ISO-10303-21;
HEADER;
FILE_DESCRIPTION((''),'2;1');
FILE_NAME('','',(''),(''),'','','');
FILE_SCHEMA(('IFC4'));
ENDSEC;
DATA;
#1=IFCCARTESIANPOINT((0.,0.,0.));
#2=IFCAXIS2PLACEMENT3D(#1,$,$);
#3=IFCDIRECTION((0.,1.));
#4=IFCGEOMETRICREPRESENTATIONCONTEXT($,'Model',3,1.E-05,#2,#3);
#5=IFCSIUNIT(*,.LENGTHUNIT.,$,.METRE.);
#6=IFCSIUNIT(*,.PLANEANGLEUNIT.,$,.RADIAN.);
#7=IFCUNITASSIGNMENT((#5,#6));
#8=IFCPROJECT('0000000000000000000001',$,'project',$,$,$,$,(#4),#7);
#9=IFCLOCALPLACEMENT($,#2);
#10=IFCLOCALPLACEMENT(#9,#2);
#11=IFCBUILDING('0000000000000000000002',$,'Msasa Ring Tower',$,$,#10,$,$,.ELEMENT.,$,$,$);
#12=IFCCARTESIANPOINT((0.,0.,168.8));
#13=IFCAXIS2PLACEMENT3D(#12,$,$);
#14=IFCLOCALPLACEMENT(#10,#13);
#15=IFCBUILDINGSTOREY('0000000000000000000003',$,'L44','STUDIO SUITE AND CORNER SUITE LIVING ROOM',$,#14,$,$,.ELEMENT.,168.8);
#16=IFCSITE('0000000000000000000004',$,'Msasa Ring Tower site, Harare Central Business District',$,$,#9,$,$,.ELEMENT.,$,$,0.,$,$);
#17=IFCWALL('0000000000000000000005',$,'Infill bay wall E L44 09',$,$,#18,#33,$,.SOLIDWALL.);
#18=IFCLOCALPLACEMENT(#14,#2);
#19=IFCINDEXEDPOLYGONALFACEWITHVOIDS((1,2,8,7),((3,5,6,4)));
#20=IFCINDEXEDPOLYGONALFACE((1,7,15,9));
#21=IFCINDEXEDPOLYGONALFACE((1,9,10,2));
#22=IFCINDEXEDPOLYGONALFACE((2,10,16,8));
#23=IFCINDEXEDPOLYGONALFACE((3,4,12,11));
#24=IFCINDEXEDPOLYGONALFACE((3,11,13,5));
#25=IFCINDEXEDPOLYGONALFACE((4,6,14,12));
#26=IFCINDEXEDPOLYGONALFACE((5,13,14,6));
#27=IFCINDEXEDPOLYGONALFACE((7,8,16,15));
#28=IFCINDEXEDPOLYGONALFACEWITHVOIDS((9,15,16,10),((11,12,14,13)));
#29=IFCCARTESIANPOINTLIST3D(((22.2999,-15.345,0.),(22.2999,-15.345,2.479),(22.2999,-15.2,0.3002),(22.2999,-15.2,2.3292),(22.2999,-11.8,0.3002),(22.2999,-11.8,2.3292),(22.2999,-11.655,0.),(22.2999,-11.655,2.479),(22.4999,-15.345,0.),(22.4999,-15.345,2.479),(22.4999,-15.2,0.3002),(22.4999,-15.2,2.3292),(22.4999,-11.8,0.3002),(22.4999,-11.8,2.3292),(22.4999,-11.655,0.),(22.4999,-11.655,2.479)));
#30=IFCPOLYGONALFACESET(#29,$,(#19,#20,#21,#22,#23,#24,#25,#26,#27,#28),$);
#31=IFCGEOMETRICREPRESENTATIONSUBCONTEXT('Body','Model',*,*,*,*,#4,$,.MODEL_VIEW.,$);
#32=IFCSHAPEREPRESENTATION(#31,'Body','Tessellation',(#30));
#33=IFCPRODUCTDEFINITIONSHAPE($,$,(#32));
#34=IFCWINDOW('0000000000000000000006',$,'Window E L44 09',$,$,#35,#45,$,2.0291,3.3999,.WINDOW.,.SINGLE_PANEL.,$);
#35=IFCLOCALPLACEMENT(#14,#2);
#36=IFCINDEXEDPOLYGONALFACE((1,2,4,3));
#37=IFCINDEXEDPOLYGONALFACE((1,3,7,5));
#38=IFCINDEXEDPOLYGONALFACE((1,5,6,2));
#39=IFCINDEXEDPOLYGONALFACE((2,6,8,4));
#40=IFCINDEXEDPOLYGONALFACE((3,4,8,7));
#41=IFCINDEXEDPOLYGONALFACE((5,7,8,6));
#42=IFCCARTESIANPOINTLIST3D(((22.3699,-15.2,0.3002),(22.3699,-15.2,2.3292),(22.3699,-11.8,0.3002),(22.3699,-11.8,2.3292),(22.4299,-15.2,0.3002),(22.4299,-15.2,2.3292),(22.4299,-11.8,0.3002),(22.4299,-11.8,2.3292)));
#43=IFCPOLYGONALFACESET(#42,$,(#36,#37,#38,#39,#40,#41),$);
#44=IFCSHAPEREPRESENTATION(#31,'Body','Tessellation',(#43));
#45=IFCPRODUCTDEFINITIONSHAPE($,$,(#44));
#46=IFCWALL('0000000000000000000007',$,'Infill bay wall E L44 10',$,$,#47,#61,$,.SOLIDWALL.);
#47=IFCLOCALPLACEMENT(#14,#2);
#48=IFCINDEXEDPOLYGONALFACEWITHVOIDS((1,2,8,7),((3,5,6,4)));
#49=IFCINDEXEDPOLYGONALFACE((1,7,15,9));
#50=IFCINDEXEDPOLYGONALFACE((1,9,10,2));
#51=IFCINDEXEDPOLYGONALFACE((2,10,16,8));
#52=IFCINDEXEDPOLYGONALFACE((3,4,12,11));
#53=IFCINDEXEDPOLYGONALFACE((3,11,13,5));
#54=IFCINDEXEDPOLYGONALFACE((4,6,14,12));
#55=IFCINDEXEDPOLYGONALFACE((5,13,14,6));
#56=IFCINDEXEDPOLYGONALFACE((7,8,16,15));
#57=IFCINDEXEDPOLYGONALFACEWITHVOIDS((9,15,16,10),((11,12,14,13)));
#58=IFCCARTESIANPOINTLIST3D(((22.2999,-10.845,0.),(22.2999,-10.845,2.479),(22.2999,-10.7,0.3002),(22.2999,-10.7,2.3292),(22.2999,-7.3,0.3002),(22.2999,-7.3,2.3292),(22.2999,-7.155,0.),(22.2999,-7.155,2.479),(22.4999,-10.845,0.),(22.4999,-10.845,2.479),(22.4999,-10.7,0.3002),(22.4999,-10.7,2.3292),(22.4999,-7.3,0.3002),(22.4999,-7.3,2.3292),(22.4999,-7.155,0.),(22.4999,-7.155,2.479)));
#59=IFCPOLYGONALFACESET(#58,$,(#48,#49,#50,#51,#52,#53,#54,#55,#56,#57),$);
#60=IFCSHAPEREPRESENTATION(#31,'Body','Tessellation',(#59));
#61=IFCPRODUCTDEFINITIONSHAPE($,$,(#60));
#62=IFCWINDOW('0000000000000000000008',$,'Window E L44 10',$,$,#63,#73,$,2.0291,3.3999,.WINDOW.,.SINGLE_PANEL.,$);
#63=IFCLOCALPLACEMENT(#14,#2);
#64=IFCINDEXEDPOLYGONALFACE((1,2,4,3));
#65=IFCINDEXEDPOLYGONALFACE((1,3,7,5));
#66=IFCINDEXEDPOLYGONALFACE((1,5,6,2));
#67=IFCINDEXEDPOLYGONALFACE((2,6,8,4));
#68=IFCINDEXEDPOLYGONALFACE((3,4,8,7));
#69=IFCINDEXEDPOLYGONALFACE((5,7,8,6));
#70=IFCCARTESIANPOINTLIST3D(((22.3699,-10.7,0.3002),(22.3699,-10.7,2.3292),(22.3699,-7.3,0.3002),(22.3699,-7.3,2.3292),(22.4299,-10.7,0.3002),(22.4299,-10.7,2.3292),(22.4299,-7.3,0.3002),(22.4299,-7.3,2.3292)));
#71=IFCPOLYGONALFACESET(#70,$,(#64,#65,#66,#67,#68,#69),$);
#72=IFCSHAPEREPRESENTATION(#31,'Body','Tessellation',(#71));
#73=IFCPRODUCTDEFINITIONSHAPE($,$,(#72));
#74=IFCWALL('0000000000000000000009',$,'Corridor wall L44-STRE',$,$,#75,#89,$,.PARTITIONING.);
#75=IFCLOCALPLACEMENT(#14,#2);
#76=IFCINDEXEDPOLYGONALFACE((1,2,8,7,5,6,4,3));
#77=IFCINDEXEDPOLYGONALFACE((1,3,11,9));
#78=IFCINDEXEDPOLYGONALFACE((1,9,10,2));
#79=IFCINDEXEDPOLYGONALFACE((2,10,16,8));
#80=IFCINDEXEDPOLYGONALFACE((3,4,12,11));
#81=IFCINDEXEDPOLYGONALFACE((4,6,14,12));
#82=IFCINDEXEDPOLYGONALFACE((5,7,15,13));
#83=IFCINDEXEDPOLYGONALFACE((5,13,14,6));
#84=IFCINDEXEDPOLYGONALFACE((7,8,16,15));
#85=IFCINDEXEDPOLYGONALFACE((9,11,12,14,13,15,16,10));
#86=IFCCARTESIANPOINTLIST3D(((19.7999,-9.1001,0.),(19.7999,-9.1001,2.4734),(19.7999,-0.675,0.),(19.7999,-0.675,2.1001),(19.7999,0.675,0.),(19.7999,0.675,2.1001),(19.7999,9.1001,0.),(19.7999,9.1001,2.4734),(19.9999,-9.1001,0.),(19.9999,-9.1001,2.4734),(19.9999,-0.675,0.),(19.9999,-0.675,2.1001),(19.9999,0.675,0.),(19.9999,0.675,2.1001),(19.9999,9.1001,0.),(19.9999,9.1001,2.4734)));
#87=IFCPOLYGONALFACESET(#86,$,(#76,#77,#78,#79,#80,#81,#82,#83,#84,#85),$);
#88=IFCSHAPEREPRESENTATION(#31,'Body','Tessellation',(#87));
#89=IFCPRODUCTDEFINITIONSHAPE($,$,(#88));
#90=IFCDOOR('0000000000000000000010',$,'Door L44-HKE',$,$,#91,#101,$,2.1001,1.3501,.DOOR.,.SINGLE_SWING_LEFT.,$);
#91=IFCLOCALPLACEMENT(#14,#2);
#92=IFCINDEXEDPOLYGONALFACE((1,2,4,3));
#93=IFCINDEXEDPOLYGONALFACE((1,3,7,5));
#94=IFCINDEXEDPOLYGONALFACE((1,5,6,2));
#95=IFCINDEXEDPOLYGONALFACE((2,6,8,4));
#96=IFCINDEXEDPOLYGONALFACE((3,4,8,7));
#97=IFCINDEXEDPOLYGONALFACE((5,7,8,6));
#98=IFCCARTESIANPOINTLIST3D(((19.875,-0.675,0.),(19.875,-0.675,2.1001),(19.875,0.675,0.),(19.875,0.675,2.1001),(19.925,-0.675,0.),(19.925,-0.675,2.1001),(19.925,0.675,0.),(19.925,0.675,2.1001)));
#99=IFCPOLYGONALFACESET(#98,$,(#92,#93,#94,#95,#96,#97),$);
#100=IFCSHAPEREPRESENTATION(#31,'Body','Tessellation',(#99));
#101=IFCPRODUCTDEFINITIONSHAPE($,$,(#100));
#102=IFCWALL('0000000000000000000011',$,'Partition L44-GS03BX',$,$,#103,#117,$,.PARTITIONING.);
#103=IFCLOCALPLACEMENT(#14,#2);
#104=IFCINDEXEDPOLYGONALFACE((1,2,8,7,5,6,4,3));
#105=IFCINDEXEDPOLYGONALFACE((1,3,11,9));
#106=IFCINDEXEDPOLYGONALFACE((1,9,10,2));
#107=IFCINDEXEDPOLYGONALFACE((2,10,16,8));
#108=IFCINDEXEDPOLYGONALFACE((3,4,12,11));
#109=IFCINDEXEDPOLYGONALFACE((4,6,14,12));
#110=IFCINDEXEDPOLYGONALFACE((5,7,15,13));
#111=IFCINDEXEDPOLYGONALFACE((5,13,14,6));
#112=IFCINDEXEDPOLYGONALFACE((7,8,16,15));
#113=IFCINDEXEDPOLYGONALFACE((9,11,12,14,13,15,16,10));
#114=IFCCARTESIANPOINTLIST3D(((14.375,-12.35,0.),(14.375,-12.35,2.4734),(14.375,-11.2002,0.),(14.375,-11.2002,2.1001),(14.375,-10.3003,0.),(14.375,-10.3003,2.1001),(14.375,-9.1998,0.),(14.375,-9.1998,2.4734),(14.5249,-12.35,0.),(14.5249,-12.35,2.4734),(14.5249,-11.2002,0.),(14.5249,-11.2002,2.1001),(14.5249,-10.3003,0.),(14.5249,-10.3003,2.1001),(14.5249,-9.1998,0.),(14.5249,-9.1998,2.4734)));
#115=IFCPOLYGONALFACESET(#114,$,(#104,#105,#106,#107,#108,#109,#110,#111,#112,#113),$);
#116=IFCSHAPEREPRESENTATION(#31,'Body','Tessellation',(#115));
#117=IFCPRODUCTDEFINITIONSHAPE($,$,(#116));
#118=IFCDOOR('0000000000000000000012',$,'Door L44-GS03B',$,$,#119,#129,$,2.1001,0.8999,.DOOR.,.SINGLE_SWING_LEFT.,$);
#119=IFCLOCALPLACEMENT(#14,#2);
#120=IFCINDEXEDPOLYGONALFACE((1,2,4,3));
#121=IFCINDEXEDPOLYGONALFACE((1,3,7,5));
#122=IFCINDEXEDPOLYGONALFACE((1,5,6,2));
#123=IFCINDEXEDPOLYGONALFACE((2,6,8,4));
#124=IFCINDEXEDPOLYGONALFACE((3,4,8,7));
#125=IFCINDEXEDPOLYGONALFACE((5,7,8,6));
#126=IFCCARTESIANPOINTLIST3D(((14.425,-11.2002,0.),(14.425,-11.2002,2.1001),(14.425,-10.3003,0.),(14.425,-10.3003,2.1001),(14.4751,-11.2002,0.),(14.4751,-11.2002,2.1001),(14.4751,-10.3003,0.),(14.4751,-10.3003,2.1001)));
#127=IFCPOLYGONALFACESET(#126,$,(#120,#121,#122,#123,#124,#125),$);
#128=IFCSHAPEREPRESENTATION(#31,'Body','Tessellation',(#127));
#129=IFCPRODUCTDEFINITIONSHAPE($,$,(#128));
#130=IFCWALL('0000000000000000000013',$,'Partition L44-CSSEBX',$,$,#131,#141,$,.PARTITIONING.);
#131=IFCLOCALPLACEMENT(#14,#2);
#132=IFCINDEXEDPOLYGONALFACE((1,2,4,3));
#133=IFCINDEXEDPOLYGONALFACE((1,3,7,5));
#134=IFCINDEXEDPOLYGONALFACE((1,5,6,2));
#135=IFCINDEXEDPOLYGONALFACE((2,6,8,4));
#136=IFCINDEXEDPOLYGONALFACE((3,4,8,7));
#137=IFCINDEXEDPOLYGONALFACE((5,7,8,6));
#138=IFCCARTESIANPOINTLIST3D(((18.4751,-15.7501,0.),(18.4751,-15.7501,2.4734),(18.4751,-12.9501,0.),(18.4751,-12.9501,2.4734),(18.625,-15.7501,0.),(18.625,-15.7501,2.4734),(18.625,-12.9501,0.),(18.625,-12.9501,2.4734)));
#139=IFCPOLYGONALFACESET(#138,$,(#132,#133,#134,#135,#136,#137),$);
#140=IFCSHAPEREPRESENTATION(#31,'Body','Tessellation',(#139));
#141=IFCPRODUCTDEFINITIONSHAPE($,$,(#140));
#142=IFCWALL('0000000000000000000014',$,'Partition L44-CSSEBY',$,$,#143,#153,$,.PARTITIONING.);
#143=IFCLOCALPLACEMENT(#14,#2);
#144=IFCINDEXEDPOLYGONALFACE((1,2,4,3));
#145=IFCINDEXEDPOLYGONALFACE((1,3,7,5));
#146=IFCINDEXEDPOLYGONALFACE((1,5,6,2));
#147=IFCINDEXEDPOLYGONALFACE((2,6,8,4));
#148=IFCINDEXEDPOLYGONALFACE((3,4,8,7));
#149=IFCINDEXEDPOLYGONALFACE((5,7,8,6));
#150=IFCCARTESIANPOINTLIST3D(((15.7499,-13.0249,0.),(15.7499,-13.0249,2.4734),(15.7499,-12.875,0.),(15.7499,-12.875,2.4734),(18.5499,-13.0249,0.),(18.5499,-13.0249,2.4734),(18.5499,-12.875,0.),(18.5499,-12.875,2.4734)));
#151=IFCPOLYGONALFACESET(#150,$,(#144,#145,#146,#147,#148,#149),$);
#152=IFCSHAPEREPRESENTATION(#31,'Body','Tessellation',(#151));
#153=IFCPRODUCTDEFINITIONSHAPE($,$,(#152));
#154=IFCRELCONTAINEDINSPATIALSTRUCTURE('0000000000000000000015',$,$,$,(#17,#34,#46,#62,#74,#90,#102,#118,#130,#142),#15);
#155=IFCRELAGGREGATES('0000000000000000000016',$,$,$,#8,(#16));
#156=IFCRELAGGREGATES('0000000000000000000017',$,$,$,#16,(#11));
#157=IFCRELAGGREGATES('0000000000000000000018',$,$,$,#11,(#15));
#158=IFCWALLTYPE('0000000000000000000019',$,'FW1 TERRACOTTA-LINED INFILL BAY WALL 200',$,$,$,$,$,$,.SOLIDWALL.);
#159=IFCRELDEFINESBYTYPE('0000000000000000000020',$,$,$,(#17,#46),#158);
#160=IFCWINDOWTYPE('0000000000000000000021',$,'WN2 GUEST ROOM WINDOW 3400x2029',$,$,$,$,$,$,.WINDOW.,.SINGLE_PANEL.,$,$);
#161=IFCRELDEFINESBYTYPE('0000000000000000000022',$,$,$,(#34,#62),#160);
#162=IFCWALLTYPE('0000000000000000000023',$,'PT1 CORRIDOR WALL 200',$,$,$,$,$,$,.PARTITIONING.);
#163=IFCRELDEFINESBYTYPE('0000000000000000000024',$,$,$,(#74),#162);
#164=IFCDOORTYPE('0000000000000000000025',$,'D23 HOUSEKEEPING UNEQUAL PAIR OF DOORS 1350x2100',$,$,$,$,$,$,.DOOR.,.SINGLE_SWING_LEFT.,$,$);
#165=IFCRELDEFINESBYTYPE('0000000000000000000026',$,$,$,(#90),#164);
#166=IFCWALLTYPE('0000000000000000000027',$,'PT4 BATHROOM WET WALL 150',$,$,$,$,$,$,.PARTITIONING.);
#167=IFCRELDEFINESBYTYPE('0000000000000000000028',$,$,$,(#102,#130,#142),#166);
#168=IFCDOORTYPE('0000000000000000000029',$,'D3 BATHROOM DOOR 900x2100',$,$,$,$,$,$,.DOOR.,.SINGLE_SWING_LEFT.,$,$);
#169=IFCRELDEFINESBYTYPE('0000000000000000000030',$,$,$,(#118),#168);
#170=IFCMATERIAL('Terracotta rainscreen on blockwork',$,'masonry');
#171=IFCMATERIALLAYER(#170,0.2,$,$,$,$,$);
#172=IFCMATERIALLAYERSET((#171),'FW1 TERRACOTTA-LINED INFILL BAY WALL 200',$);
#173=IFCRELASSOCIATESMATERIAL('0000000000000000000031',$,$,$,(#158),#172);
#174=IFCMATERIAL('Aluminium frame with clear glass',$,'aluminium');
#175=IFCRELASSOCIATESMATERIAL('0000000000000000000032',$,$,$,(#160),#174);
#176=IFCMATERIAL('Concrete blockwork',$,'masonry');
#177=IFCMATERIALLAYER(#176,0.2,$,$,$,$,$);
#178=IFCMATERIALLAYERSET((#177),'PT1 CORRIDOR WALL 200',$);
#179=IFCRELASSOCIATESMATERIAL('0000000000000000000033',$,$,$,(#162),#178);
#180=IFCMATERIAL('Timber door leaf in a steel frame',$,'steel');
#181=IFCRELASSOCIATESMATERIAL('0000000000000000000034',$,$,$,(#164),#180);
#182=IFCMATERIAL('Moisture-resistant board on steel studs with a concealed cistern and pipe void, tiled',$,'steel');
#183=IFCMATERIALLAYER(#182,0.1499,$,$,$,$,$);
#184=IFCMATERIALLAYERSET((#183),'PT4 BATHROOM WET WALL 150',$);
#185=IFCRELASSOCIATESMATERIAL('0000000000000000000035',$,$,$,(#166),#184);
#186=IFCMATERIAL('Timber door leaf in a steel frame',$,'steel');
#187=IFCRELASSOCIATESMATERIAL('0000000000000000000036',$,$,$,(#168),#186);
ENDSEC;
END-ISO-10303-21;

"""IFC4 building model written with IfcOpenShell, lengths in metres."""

from ifc_helpers import new_model, si_unit, direction, frame, frame_2d, origin, place, context, subcontext, project, spatial, rectangle, extrude, material, layer, layer_set, type_object, element, fill, save


model = new_model("IFC4")

# Units and contexts
model_context = context("Model", 3, precision=1e-05, world=origin(), true_north=direction((0.0, 1.0)))
body_context = subcontext(model_context, "Body", "Model", "MODEL_VIEW")
ifc_project = project(units=[si_unit("LENGTHUNIT", "METRE"), si_unit("PLANEANGLEUNIT", "RADIAN")], contexts=[model_context])

# Site, building, storey
site_placement = place(None, origin())
site = spatial("IfcSite", under=ifc_project, at=site_placement, Name="Msasa Ring Tower site, Harare Central Business District", CompositionType="ELEMENT", RefElevation=0.0)
building_placement = place(site_placement, origin())
building = spatial("IfcBuilding", under=site, at=building_placement, Name="Msasa Ring Tower", CompositionType="ELEMENT")
storey_placement = place(building_placement, frame((0.0, 0.0, 168.8)))
storey = spatial("IfcBuildingStorey", under=building, at=storey_placement, Name="L44", Description="STUDIO SUITE AND CORNER SUITE LIVING ROOM", CompositionType="ELEMENT", Elevation=168.8)

# Walls, openings, windows
ifc_material_1 = material(Name="Terracotta rainscreen on blockwork", Category="masonry")
ifc_layer_1 = layer(ifc_material_1, 0.2)
ifc_layer_set_1 = layer_set([ifc_layer_1], Name="FW1 TERRACOTTA-LINED INFILL BAY WALL 200")
wall_type_1 = type_object("IfcWallType", Name="FW1 TERRACOTTA-LINED INFILL BAY WALL 200", PredefinedType="SOLIDWALL", material=ifc_layer_set_1)
wall_1_placement = place(storey_placement, frame((22.3999, -15.345, 0.0), z_axis=(0.0, 0.0, 1.0), x_axis=(0.0, 1.0, 0.0)))
wall_1 = element("IfcWall", 1, at=wall_1_placement, inside=storey, type_object=wall_type_1, Name="Infill bay wall E L44 09", PredefinedType="SOLIDWALL", context=body_context, shape_type="SweptSolid", body=[
    extrude(rectangle(XDim=3.6899, YDim=0.2, at=frame_2d((1.845, 0.0))), origin(), (0.0, 0.0, 1.0), 2.479),
])
opening_1_placement = place(wall_1_placement, frame((0.145, 0.0, 0.3)))
opening_1 = element("IfcOpeningElement", 2, at=opening_1_placement, cuts=wall_1, PredefinedType="OPENING", context=body_context, shape_type="SweptSolid", body=[
    extrude(rectangle(XDim=3.3999, YDim=2.0291, at=frame_2d((1.7, 1.0146))), frame((0.0, 0.1099, 0.0), z_axis=(0.0, -1.0, 0.0), x_axis=(1.0, 0.0, 0.0)), (0.0, 0.0, 1.0), 0.22),
])
ifc_material_2 = material(Name="Aluminium frame with clear glass", Category="aluminium")
window_type = type_object("IfcWindowType", Name="WN2 GUEST ROOM WINDOW 3400x2029", PartitioningType="SINGLE_PANEL", PredefinedType="WINDOW", material=ifc_material_2)
window_1_placement = place(opening_1_placement, origin())
window_1 = element("IfcWindow", 3, at=window_1_placement, inside=storey, type_object=window_type, Name="Window E L44 09", OverallHeight=2.0291, OverallWidth=3.3999, PartitioningType="SINGLE_PANEL", PredefinedType="WINDOW", context=body_context, shape_type="SweptSolid", body=[
    extrude(rectangle(XDim=3.3999, YDim=2.0291, at=frame_2d((1.7, 1.0146))), frame((0.0, 0.03, 0.0), z_axis=(0.0, -1.0, 0.0), x_axis=(1.0, 0.0, 0.0)), (0.0, 0.0, 1.0), 0.0601),
])
fill(opening_1, window_1)
wall_2_placement = place(storey_placement, frame((22.3999, -10.845, 0.0), z_axis=(0.0, 0.0, 1.0), x_axis=(0.0, 1.0, 0.0)))
wall_2 = element("IfcWall", 4, at=wall_2_placement, inside=storey, type_object=wall_type_1, Name="Infill bay wall E L44 10", PredefinedType="SOLIDWALL", context=body_context, shape_type="SweptSolid", body=[
    extrude(rectangle(XDim=3.6899, YDim=0.2, at=frame_2d((1.845, 0.0))), origin(), (0.0, 0.0, 1.0), 2.479),
])
opening_2_placement = place(wall_2_placement, frame((0.145, 0.0, 0.3)))
opening_2 = element("IfcOpeningElement", 5, at=opening_2_placement, cuts=wall_2, PredefinedType="OPENING", context=body_context, shape_type="SweptSolid", body=[
    extrude(rectangle(XDim=3.3999, YDim=2.0291, at=frame_2d((1.7, 1.0146))), frame((0.0, 0.1099, 0.0), z_axis=(0.0, -1.0, 0.0), x_axis=(1.0, 0.0, 0.0)), (0.0, 0.0, 1.0), 0.22),
])
window_2_placement = place(opening_2_placement, origin())
window_2 = element("IfcWindow", 6, at=window_2_placement, inside=storey, type_object=window_type, Name="Window E L44 10", OverallHeight=2.0291, OverallWidth=3.3999, PartitioningType="SINGLE_PANEL", PredefinedType="WINDOW", context=body_context, shape_type="SweptSolid", body=[
    extrude(rectangle(XDim=3.3999, YDim=2.0291, at=frame_2d((1.7, 1.0146))), frame((0.0, 0.03, 0.0), z_axis=(0.0, -1.0, 0.0), x_axis=(1.0, 0.0, 0.0)), (0.0, 0.0, 1.0), 0.0601),
])
fill(opening_2, window_2)

# Walls, openings, doors
ifc_material_3 = material(Name="Concrete blockwork", Category="masonry")
ifc_layer_2 = layer(ifc_material_3, 0.2)
ifc_layer_set_2 = layer_set([ifc_layer_2], Name="PT1 CORRIDOR WALL 200")
wall_type_2 = type_object("IfcWallType", Name="PT1 CORRIDOR WALL 200", PredefinedType="PARTITIONING", material=ifc_layer_set_2)
wall_3_placement = place(storey_placement, frame((19.8999, -9.1001, 0.0), z_axis=(0.0, 0.0, 1.0), x_axis=(0.0, 1.0, 0.0)))
wall_3 = element("IfcWall", 7, at=wall_3_placement, inside=storey, type_object=wall_type_2, Name="Corridor wall L44-STRE", PredefinedType="PARTITIONING", context=body_context, shape_type="SweptSolid", body=[
    extrude(rectangle(XDim=18.2002, YDim=0.2, at=frame_2d((9.1001, 0.0))), origin(), (0.0, 0.0, 1.0), 2.4734),
])
opening_3_placement = place(wall_3_placement, frame((8.425, 0.0, 0.0)))
opening_3 = element("IfcOpeningElement", 8, at=opening_3_placement, cuts=wall_3, PredefinedType="OPENING", context=body_context, shape_type="SweptSolid", body=[
    extrude(rectangle(XDim=1.3501, YDim=2.1001, at=frame_2d((0.675, 1.05))), frame((0.0, 0.1099, 0.0), z_axis=(0.0, -1.0, 0.0), x_axis=(1.0, 0.0, 0.0)), (0.0, 0.0, 1.0), 0.22),
])
ifc_material_4 = material(Name="Timber door leaf in a steel frame", Category="steel")
door_type_1 = type_object("IfcDoorType", Name="D23 HOUSEKEEPING UNEQUAL PAIR OF DOORS 1350x2100", OperationType="SINGLE_SWING_LEFT", PredefinedType="DOOR", material=ifc_material_4)
door_1_placement = place(opening_3_placement, origin())
door_1 = element("IfcDoor", 9, at=door_1_placement, inside=storey, type_object=door_type_1, Name="Door L44-HKE", OperationType="SINGLE_SWING_LEFT", OverallHeight=2.1001, OverallWidth=1.3501, PredefinedType="DOOR", context=body_context, shape_type="SweptSolid", body=[
    extrude(rectangle(XDim=1.3501, YDim=2.1001, at=frame_2d((0.675, 1.05))), frame((0.0, 0.0249, 0.0), z_axis=(0.0, -1.0, 0.0), x_axis=(1.0, 0.0, 0.0)), (0.0, 0.0, 1.0), 0.05),
])
fill(opening_3, door_1)
ifc_material_5 = material(Name="Moisture-resistant board on steel studs with a concealed cistern and pipe void, tiled", Category="steel")
ifc_layer_3 = layer(ifc_material_5, 0.1499)
ifc_layer_set_3 = layer_set([ifc_layer_3], Name="PT4 BATHROOM WET WALL 150")
wall_type_3 = type_object("IfcWallType", Name="PT4 BATHROOM WET WALL 150", PredefinedType="PARTITIONING", material=ifc_layer_set_3)
wall_4_placement = place(storey_placement, frame((14.45, -12.3501, 0.0), z_axis=(0.0, 0.0, 1.0), x_axis=(0.0, 1.0, 0.0)))
wall_4 = element("IfcWall", 10, at=wall_4_placement, inside=storey, type_object=wall_type_3, Name="Partition L44-GS03BX", PredefinedType="PARTITIONING", context=body_context, shape_type="SweptSolid", body=[
    extrude(rectangle(XDim=3.1501, YDim=0.1499, at=frame_2d((1.5752, 0.0))), origin(), (0.0, 0.0, 1.0), 2.4734),
])
opening_4_placement = place(wall_4_placement, frame((1.1499, 0.0, 0.0)))
opening_4 = element("IfcOpeningElement", 11, at=opening_4_placement, cuts=wall_4, PredefinedType="OPENING", context=body_context, shape_type="SweptSolid", body=[
    extrude(rectangle(XDim=0.8999, YDim=2.1001, at=frame_2d((0.45, 1.05))), frame((0.0, 0.085, 0.0), z_axis=(0.0, -1.0, 0.0), x_axis=(1.0, 0.0, 0.0)), (0.0, 0.0, 1.0), 0.1699),
])
ifc_material_6 = material(Name="Timber door leaf in a steel frame", Category="steel")
door_type_2 = type_object("IfcDoorType", Name="D3 BATHROOM DOOR 900x2100", OperationType="SINGLE_SWING_LEFT", PredefinedType="DOOR", material=ifc_material_6)
door_2_placement = place(opening_4_placement, origin())
door_2 = element("IfcDoor", 12, at=door_2_placement, inside=storey, type_object=door_type_2, Name="Door L44-GS03B", OperationType="SINGLE_SWING_LEFT", OverallHeight=2.1001, OverallWidth=0.8999, PredefinedType="DOOR", context=body_context, shape_type="SweptSolid", body=[
    extrude(rectangle(XDim=0.8999, YDim=2.1001, at=frame_2d((0.45, 1.05))), frame((0.0, 0.0249, 0.0), z_axis=(0.0, -1.0, 0.0), x_axis=(1.0, 0.0, 0.0)), (0.0, 0.0, 1.0), 0.05),
])
fill(opening_4, door_2)

# Walls
for number, where, z_axis, x_axis, name in (
    (13, (18.55, -15.75, 0.0), (0.0, 0.0, 1.0), (0.0, 1.0, 0.0), "Partition L44-CSSEBX"),
    (14, (15.75, -12.95, 0.0), (0.0, 0.0, 1.0), (1.0, 0.0, 0.0), "Partition L44-CSSEBY"),
):
    element("IfcWall", number, at=place(storey_placement, frame(where, z_axis=z_axis, x_axis=x_axis)), inside=storey, type_object=wall_type_3, Name=name, PredefinedType="PARTITIONING", context=body_context, shape_type="SweptSolid", body=[
        extrude(rectangle(XDim=2.8, YDim=0.1499, at=frame_2d((1.3999, 0.0))), origin(), (0.0, 0.0, 1.0), 2.4734),
    ])

save(model, "model.ifc")
